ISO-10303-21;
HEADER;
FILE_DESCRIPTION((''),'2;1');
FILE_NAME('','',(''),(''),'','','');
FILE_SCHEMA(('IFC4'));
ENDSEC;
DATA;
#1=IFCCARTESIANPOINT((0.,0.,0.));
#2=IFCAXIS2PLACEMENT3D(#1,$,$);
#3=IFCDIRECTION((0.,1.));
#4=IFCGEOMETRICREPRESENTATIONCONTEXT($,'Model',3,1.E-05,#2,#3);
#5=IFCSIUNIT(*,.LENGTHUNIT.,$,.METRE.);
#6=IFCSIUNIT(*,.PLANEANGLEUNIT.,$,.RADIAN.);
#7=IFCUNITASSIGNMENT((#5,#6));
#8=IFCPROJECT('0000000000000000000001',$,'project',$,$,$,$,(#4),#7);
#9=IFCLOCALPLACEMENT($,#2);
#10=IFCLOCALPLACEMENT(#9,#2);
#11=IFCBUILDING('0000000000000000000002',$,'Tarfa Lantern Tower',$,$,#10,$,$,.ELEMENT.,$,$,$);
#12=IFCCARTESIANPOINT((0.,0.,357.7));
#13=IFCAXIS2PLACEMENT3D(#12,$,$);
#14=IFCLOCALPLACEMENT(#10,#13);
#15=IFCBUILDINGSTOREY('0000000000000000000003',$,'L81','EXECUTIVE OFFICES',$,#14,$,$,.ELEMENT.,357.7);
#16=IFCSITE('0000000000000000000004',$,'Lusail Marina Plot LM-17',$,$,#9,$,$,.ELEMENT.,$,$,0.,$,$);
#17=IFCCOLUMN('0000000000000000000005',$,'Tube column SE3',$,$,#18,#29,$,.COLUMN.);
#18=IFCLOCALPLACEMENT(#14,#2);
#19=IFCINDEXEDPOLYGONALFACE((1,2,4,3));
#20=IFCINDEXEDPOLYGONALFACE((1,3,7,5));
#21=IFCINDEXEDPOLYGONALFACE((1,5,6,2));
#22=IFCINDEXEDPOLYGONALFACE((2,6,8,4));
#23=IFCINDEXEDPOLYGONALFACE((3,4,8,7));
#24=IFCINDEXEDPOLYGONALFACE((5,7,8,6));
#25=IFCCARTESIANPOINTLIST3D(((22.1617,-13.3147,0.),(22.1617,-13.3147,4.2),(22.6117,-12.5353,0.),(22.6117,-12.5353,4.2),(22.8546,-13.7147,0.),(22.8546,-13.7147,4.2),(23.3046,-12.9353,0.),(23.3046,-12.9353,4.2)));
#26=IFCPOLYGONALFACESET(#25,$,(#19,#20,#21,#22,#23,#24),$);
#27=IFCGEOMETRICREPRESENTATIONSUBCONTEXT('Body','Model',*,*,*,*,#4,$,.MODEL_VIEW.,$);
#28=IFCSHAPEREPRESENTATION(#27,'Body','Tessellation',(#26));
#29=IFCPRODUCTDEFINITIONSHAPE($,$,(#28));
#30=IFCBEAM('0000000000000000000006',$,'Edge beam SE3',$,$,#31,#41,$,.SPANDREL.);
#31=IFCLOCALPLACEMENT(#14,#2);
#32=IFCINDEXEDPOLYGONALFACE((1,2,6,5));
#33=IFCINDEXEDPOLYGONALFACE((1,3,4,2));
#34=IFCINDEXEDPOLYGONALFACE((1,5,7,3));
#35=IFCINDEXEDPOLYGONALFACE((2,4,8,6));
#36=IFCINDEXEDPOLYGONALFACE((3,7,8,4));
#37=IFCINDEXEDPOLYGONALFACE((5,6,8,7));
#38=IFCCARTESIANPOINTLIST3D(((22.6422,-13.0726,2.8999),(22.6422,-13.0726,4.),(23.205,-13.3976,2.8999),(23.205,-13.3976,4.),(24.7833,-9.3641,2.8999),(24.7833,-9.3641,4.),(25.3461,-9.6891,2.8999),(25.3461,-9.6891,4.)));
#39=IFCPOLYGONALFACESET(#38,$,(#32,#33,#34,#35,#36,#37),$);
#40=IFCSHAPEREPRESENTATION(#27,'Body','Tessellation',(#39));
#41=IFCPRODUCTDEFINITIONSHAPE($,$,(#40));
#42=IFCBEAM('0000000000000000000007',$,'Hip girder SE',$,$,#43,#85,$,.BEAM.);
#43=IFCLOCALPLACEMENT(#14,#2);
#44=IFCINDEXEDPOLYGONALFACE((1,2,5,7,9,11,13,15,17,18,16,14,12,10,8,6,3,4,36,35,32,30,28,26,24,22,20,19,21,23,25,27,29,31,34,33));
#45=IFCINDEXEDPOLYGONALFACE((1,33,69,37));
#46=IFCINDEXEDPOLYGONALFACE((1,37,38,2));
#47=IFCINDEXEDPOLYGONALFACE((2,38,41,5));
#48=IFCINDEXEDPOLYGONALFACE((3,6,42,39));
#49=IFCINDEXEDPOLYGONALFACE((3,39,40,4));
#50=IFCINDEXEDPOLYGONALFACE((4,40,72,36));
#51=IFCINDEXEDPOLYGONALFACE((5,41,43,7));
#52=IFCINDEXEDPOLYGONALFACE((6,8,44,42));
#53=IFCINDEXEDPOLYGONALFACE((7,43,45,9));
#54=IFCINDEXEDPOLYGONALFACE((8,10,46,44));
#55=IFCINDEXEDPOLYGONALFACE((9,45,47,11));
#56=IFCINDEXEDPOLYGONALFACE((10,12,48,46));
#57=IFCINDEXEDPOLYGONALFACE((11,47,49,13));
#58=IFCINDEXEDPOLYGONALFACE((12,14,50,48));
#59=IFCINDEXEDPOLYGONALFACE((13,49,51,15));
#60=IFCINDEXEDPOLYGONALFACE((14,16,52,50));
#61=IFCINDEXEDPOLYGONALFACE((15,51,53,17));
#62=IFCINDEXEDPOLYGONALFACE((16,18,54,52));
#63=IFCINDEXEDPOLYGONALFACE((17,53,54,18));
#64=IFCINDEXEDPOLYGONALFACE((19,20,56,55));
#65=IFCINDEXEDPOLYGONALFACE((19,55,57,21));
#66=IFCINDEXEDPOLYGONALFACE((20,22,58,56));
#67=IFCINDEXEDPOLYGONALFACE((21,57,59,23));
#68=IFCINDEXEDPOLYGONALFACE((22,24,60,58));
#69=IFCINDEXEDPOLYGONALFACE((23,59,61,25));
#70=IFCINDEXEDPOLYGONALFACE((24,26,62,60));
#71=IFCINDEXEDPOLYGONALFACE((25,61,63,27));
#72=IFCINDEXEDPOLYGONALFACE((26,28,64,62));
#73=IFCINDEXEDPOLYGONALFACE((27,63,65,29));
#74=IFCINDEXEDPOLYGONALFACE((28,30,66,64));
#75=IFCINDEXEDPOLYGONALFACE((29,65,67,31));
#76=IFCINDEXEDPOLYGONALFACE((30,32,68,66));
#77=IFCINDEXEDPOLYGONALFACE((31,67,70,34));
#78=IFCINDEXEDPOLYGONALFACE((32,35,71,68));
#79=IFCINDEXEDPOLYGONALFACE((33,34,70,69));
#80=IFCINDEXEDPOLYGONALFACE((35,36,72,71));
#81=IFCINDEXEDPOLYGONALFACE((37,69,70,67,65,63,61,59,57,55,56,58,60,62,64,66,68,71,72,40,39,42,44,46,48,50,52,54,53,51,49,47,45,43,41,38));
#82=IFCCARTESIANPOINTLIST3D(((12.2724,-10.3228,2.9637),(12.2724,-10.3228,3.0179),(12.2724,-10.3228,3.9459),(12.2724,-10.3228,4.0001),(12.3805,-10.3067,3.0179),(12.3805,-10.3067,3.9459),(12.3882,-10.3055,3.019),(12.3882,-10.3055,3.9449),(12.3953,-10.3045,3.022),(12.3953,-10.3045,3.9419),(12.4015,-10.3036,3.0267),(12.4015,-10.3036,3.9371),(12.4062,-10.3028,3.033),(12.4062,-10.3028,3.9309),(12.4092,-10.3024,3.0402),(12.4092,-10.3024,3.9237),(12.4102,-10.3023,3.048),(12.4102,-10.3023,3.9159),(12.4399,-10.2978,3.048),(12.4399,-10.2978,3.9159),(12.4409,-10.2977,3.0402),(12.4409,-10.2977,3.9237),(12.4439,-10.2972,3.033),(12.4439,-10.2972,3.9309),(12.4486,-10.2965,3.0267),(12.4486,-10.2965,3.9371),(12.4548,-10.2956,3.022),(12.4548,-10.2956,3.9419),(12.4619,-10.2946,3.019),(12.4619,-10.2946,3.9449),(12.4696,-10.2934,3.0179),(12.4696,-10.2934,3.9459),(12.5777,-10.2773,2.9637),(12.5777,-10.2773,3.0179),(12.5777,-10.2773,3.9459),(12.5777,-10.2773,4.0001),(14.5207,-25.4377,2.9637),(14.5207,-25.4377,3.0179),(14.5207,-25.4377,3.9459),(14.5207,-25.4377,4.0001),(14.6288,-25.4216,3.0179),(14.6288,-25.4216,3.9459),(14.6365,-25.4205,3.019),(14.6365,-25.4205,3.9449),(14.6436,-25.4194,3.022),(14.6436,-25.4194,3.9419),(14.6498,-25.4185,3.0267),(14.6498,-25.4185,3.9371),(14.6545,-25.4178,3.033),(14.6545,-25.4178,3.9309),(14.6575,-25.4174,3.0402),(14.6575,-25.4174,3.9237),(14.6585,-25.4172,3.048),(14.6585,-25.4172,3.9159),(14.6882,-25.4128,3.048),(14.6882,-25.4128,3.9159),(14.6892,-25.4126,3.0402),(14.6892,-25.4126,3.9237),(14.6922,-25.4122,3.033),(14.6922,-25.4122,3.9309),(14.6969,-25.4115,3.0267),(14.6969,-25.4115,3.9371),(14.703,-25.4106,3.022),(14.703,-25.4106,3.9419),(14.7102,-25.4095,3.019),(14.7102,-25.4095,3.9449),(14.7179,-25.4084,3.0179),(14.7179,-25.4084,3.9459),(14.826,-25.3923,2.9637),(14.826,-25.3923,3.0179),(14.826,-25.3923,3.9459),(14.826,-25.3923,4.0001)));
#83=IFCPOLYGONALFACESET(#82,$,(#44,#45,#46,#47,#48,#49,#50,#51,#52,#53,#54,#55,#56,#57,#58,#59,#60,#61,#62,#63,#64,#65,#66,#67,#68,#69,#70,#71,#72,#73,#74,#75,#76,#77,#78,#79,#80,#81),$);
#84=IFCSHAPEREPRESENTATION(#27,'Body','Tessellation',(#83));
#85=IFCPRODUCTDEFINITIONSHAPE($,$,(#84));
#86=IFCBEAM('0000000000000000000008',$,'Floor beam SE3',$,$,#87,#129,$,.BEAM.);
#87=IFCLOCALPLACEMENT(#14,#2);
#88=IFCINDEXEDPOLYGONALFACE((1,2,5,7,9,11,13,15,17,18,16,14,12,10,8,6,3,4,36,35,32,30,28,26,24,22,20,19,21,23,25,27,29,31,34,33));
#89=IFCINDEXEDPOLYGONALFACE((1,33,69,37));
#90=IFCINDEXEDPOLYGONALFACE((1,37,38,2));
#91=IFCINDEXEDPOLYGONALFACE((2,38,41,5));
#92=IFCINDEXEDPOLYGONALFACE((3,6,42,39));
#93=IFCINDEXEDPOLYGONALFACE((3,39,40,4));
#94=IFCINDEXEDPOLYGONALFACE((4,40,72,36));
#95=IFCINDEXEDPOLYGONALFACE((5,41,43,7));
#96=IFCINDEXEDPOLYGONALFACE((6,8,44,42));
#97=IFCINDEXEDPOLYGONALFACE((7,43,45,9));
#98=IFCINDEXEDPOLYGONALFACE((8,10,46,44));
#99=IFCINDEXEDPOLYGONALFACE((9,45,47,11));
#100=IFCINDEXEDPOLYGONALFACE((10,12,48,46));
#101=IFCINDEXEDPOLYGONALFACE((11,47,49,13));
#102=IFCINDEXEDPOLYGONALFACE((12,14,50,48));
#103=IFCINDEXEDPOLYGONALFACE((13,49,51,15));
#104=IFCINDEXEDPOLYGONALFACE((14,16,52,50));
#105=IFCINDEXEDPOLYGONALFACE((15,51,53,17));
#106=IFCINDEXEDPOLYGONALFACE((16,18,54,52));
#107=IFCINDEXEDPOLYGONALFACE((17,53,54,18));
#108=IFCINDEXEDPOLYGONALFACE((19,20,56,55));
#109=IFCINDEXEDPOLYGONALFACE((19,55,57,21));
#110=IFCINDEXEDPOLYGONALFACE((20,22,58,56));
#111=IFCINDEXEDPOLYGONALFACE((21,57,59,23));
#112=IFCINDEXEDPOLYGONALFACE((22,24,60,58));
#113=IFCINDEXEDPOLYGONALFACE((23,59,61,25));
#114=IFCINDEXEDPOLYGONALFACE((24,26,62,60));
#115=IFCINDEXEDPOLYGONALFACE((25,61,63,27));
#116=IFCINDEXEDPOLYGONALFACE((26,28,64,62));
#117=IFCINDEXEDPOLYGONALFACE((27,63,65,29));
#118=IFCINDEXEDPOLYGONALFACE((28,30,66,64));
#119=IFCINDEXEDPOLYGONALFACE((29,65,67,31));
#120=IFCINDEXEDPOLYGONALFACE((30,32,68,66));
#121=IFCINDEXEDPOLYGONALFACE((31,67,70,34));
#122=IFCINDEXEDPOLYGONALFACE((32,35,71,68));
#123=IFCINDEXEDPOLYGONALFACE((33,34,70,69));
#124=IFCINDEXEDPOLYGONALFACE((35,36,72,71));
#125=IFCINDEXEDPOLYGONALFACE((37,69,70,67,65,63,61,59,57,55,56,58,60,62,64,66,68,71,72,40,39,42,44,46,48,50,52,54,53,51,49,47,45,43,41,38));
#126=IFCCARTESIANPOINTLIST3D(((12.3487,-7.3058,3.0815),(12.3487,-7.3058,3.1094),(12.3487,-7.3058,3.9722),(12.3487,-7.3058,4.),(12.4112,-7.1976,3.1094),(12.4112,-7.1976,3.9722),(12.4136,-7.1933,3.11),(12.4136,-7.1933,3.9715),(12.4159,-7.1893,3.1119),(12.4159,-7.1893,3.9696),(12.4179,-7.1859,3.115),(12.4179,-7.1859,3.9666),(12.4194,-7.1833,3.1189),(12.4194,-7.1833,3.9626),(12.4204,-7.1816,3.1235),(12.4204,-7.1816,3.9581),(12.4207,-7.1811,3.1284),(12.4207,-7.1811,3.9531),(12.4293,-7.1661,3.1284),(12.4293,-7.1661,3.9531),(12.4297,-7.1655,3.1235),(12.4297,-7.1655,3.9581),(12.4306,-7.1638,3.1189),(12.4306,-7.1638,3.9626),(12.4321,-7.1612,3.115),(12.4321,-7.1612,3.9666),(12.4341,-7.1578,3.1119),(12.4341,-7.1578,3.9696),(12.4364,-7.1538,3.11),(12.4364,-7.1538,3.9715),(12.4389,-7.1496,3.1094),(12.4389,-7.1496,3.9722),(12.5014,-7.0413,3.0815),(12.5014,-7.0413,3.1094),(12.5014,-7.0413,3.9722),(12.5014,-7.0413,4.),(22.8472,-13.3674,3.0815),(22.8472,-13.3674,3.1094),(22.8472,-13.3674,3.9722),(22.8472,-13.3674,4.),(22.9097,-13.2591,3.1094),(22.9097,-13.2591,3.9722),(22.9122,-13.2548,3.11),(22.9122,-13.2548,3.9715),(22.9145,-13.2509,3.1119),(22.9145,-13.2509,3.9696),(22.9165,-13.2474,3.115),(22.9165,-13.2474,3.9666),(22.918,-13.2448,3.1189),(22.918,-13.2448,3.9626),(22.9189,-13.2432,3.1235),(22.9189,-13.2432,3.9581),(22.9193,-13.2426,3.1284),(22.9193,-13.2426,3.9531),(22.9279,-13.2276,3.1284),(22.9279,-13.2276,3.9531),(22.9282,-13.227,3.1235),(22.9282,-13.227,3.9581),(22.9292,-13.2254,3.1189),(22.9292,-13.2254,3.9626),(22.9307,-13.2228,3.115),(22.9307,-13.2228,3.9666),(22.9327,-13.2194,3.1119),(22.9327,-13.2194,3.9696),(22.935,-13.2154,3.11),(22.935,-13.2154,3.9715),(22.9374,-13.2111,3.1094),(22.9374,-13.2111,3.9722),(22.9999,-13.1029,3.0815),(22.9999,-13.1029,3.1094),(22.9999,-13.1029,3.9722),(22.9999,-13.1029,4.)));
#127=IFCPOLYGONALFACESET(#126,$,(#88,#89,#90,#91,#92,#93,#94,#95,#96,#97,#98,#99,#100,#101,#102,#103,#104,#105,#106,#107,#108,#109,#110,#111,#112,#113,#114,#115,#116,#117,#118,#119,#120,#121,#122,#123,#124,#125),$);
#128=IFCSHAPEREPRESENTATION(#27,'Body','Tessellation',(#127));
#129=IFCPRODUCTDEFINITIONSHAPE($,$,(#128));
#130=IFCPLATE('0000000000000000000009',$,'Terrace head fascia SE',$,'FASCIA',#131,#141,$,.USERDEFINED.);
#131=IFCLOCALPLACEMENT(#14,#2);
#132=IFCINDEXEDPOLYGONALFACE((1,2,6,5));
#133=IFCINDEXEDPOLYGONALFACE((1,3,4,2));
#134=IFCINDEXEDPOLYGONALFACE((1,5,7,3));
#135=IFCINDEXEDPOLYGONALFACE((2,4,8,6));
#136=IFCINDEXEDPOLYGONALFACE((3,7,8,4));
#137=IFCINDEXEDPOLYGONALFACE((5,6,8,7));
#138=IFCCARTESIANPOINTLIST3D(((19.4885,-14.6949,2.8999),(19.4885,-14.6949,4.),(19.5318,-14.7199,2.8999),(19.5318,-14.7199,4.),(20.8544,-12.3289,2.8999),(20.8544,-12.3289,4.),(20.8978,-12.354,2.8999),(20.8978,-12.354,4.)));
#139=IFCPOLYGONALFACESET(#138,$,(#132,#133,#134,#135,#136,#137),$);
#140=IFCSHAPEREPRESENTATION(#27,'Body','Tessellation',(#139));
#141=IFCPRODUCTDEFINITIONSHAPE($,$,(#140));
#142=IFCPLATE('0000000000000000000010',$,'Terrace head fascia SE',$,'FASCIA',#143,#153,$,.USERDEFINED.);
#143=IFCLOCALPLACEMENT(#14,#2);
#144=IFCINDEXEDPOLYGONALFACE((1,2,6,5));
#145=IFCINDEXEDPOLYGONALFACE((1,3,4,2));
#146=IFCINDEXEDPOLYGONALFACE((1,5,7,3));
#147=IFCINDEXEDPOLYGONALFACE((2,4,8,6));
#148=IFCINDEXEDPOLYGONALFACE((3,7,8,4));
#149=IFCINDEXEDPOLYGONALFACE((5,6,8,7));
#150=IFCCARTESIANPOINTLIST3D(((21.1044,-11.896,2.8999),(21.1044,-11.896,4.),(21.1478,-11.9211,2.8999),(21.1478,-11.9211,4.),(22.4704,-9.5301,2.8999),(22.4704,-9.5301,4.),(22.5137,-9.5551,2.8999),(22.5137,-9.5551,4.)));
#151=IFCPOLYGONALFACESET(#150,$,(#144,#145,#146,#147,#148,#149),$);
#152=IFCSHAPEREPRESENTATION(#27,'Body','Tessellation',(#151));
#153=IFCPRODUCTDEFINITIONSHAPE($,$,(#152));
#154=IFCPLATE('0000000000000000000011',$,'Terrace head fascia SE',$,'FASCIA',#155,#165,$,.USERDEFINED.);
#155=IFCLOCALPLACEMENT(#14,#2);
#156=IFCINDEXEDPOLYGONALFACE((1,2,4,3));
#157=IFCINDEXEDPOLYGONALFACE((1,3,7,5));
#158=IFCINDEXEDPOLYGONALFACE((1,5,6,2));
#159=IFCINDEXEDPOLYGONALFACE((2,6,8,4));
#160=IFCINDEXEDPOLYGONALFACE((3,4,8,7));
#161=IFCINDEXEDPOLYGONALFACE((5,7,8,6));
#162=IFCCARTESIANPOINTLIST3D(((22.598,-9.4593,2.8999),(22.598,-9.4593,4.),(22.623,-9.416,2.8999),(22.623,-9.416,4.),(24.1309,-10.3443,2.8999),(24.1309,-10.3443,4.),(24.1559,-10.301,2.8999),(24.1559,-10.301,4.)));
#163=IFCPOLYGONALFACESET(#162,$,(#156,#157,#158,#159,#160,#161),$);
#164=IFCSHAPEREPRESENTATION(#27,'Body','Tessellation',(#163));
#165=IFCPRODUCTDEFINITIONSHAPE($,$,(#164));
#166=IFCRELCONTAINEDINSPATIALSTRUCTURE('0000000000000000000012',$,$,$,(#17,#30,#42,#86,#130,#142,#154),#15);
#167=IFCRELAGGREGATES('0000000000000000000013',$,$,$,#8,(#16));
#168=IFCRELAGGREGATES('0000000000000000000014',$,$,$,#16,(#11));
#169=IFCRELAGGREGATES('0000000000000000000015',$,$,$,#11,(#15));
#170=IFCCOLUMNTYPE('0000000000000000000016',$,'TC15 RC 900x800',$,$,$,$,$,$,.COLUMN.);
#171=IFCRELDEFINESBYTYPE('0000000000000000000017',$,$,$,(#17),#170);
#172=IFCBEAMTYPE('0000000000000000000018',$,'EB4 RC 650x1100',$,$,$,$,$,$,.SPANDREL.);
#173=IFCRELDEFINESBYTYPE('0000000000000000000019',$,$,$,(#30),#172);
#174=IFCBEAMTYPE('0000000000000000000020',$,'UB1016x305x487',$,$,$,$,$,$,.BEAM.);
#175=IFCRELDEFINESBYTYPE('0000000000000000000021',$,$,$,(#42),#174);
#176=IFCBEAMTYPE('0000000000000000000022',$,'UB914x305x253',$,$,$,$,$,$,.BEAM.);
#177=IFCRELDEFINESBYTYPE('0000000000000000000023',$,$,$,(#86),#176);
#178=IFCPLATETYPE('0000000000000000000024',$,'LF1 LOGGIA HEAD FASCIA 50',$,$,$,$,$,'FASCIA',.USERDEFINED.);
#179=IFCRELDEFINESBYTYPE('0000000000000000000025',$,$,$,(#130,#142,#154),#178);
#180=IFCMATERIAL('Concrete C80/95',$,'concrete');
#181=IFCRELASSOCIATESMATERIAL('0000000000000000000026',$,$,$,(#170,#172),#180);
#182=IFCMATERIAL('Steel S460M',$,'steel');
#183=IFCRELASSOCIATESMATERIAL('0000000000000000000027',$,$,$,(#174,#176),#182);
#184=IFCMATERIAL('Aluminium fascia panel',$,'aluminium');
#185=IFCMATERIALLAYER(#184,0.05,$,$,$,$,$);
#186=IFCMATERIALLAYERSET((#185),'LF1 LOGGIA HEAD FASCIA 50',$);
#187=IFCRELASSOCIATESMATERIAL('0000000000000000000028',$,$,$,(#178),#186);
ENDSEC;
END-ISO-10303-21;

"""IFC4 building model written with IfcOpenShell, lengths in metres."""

from ifc_helpers import new_model, si_unit, direction, frame, origin, origin_2d, place, context, subcontext, project, spatial, rectangle, i_section, extrude, material, layer, layer_set, material_profile, profile_set, type_object, element, save


model = new_model("IFC4")

# Units and contexts
model_context = context("Model", 3, precision=1e-05, world=origin(), true_north=direction((0.0, 1.0)))
body_context = subcontext(model_context, "Body", "Model", "MODEL_VIEW")
ifc_project = project(units=[si_unit("LENGTHUNIT", "METRE"), si_unit("PLANEANGLEUNIT", "RADIAN")], contexts=[model_context])

# Site, building, storey
site_placement = place(None, origin())
site = spatial("IfcSite", under=ifc_project, at=site_placement, Name="Lusail Marina Plot LM-17", CompositionType="ELEMENT", RefElevation=0.0)
building_placement = place(site_placement, origin())
building = spatial("IfcBuilding", under=site, at=building_placement, Name="Tarfa Lantern Tower", CompositionType="ELEMENT")
storey_placement = place(building_placement, frame((0.0, 0.0, 357.7)))
storey = spatial("IfcBuildingStorey", under=building, at=storey_placement, Name="L81", Description="EXECUTIVE OFFICES", CompositionType="ELEMENT", Elevation=357.7)

# Column
ifc_material_1 = material(Name="Concrete C80/95", Category="concrete")
ifc_material_profile_1 = material_profile(ifc_material_1, rectangle(XDim=0.8999, YDim=0.8, at=origin_2d()), Name="RC 900x800")
ifc_profile_set_1 = profile_set([ifc_material_profile_1], Name="Concrete C80/95")
column_type = type_object("IfcColumnType", Name="TC15 RC 900x800", PredefinedType="COLUMN", material=ifc_profile_set_1)
column_placement = place(storey_placement, frame((22.7332, -13.125, 0.0), z_axis=(0.0, 0.0, 1.0), x_axis=(0.5, 0.866025, 0.0)))
element("IfcColumn", 1, at=column_placement, inside=storey, type_object=column_type, Name="Tube column SE3", PredefinedType="COLUMN", context=body_context, shape_type="SweptSolid", body=[
    extrude(rectangle(XDim=0.8999, YDim=0.8, at=origin_2d()), origin(), (0.0, 0.0, 1.0), 4.2),
])

# Beams
ifc_material_profile_2 = material_profile(ifc_material_1, rectangle(XDim=0.6499, YDim=1.1001, at=origin_2d()), Name="RC 650x1100")
ifc_profile_set_2 = profile_set([ifc_material_profile_2], Name="Concrete C80/95")
beam_type_1 = type_object("IfcBeamType", Name="EB4 RC 650x1100", PredefinedType="SPANDREL", material=ifc_profile_set_2)
beam_1_placement = place(storey_placement, frame((22.9236, -13.2351, 3.45), z_axis=(0.500002, 0.866024, 0.0), x_axis=(-0.866024, 0.500002, 0.0)))
element("IfcBeam", 2, at=beam_1_placement, inside=storey, type_object=beam_type_1, Name="Edge beam SE3", PredefinedType="SPANDREL", context=body_context, shape_type="SweptSolid", body=[
    extrude(rectangle(XDim=0.6499, YDim=1.1001, at=origin_2d()), origin(), (0.0, 0.0, 1.0), 4.2822),
])
ifc_material_2 = material(Name="Steel S460M", Category="steel")
ifc_material_profile_3 = material_profile(ifc_material_2, i_section(OverallWidth=0.3086, OverallDepth=1.0364, WebThickness=0.03, FlangeThickness=0.0542, FilletRadius=0.03, at=origin_2d()), Name="UB1016x305x487")
ifc_profile_set_3 = profile_set([ifc_material_profile_3], Name="Steel S460M")
beam_type_2 = type_object("IfcBeamType", Name="UB1016x305x487", PredefinedType="BEAM", material=ifc_profile_set_3)
beam_2_placement = place(storey_placement, frame((12.425, -10.3, 3.4819), z_axis=(0.147127, -0.989118, 0.0), x_axis=(0.989118, 0.147127, 0.0)))
element("IfcBeam", 3, at=beam_2_placement, inside=storey, type_object=beam_type_2, Name="Hip girder SE", PredefinedType="BEAM", context=body_context, shape_type="SweptSolid", body=[
    extrude(i_section(OverallWidth=0.3086, OverallDepth=1.0364, WebThickness=0.03, FlangeThickness=0.0542, FilletRadius=0.03, at=origin_2d()), origin(), (0.0, 0.0, 1.0), 15.2812),
])
ifc_material_profile_4 = material_profile(ifc_material_2, i_section(OverallWidth=0.3054, OverallDepth=0.9185, WebThickness=0.0173, FlangeThickness=0.0278, FilletRadius=0.019, at=origin_2d()), Name="UB914x305x253")
ifc_profile_set_4 = profile_set([ifc_material_profile_4], Name="Steel S460M")
beam_type_3 = type_object("IfcBeamType", Name="UB914x305x253", PredefinedType="BEAM", material=ifc_profile_set_4)
beam_3_placement = place(storey_placement, frame((22.9236, -13.2351, 3.5408), z_axis=(-0.866019, 0.500012, 0.0), x_axis=(-0.500012, -0.866019, 0.0)))
element("IfcBeam", 4, at=beam_3_placement, inside=storey, type_object=beam_type_3, Name="Floor beam SE3", PredefinedType="BEAM", context=body_context, shape_type="SweptSolid", body=[
    extrude(i_section(OverallWidth=0.3054, OverallDepth=0.9185, WebThickness=0.0173, FlangeThickness=0.0278, FilletRadius=0.019, at=origin_2d()), origin(), (0.0, 0.0, 1.0), 12.1228),
])

# Plates
ifc_material_3 = material(Name="Aluminium fascia panel", Category="aluminium")
ifc_layer_1 = layer(ifc_material_3, 0.05)
ifc_layer_set_1 = layer_set([ifc_layer_1], Name="LF1 LOGGIA HEAD FASCIA 50")
plate_type = type_object("IfcPlateType", Name="LF1 LOGGIA HEAD FASCIA 50", ElementType="FASCIA", PredefinedType="USERDEFINED", material=ifc_layer_set_1)
for number, where, z_axis, x_axis, name in (
    (5, (20.1931, -13.5244, 2.8999), (0.0, 0.0, 1.0), (0.5, 0.866025, 0.0), "Terrace head fascia SE"),
    (6, (21.8091, -10.7256, 2.8999), (0.0, 0.0, 1.0), (0.5, 0.866025, 0.0), "Terrace head fascia SE"),
):
    element("IfcPlate", number, at=place(storey_placement, frame(where, z_axis=z_axis, x_axis=x_axis)), inside=storey, type_object=plate_type, Name=name, ObjectType="FASCIA", PredefinedType="USERDEFINED", context=body_context, shape_type="SweptSolid", body=[
        extrude(rectangle(XDim=2.7319, YDim=0.05, at=origin_2d()), origin(), (0.0, 0.0, 1.0), 1.1001),
    ])
plate_placement = place(storey_placement, frame((23.377, -9.8801, 2.8999), z_axis=(0.0, 0.0, 1.0), x_axis=(-0.866025, 0.5, 0.0)))
element("IfcPlate", 7, at=plate_placement, inside=storey, type_object=plate_type, Name="Terrace head fascia SE", ObjectType="FASCIA", PredefinedType="USERDEFINED", context=body_context, shape_type="SweptSolid", body=[
    extrude(rectangle(XDim=1.77, YDim=0.05, at=origin_2d()), origin(), (0.0, 0.0, 1.0), 1.1001),
])

save(model, "model.ifc")
